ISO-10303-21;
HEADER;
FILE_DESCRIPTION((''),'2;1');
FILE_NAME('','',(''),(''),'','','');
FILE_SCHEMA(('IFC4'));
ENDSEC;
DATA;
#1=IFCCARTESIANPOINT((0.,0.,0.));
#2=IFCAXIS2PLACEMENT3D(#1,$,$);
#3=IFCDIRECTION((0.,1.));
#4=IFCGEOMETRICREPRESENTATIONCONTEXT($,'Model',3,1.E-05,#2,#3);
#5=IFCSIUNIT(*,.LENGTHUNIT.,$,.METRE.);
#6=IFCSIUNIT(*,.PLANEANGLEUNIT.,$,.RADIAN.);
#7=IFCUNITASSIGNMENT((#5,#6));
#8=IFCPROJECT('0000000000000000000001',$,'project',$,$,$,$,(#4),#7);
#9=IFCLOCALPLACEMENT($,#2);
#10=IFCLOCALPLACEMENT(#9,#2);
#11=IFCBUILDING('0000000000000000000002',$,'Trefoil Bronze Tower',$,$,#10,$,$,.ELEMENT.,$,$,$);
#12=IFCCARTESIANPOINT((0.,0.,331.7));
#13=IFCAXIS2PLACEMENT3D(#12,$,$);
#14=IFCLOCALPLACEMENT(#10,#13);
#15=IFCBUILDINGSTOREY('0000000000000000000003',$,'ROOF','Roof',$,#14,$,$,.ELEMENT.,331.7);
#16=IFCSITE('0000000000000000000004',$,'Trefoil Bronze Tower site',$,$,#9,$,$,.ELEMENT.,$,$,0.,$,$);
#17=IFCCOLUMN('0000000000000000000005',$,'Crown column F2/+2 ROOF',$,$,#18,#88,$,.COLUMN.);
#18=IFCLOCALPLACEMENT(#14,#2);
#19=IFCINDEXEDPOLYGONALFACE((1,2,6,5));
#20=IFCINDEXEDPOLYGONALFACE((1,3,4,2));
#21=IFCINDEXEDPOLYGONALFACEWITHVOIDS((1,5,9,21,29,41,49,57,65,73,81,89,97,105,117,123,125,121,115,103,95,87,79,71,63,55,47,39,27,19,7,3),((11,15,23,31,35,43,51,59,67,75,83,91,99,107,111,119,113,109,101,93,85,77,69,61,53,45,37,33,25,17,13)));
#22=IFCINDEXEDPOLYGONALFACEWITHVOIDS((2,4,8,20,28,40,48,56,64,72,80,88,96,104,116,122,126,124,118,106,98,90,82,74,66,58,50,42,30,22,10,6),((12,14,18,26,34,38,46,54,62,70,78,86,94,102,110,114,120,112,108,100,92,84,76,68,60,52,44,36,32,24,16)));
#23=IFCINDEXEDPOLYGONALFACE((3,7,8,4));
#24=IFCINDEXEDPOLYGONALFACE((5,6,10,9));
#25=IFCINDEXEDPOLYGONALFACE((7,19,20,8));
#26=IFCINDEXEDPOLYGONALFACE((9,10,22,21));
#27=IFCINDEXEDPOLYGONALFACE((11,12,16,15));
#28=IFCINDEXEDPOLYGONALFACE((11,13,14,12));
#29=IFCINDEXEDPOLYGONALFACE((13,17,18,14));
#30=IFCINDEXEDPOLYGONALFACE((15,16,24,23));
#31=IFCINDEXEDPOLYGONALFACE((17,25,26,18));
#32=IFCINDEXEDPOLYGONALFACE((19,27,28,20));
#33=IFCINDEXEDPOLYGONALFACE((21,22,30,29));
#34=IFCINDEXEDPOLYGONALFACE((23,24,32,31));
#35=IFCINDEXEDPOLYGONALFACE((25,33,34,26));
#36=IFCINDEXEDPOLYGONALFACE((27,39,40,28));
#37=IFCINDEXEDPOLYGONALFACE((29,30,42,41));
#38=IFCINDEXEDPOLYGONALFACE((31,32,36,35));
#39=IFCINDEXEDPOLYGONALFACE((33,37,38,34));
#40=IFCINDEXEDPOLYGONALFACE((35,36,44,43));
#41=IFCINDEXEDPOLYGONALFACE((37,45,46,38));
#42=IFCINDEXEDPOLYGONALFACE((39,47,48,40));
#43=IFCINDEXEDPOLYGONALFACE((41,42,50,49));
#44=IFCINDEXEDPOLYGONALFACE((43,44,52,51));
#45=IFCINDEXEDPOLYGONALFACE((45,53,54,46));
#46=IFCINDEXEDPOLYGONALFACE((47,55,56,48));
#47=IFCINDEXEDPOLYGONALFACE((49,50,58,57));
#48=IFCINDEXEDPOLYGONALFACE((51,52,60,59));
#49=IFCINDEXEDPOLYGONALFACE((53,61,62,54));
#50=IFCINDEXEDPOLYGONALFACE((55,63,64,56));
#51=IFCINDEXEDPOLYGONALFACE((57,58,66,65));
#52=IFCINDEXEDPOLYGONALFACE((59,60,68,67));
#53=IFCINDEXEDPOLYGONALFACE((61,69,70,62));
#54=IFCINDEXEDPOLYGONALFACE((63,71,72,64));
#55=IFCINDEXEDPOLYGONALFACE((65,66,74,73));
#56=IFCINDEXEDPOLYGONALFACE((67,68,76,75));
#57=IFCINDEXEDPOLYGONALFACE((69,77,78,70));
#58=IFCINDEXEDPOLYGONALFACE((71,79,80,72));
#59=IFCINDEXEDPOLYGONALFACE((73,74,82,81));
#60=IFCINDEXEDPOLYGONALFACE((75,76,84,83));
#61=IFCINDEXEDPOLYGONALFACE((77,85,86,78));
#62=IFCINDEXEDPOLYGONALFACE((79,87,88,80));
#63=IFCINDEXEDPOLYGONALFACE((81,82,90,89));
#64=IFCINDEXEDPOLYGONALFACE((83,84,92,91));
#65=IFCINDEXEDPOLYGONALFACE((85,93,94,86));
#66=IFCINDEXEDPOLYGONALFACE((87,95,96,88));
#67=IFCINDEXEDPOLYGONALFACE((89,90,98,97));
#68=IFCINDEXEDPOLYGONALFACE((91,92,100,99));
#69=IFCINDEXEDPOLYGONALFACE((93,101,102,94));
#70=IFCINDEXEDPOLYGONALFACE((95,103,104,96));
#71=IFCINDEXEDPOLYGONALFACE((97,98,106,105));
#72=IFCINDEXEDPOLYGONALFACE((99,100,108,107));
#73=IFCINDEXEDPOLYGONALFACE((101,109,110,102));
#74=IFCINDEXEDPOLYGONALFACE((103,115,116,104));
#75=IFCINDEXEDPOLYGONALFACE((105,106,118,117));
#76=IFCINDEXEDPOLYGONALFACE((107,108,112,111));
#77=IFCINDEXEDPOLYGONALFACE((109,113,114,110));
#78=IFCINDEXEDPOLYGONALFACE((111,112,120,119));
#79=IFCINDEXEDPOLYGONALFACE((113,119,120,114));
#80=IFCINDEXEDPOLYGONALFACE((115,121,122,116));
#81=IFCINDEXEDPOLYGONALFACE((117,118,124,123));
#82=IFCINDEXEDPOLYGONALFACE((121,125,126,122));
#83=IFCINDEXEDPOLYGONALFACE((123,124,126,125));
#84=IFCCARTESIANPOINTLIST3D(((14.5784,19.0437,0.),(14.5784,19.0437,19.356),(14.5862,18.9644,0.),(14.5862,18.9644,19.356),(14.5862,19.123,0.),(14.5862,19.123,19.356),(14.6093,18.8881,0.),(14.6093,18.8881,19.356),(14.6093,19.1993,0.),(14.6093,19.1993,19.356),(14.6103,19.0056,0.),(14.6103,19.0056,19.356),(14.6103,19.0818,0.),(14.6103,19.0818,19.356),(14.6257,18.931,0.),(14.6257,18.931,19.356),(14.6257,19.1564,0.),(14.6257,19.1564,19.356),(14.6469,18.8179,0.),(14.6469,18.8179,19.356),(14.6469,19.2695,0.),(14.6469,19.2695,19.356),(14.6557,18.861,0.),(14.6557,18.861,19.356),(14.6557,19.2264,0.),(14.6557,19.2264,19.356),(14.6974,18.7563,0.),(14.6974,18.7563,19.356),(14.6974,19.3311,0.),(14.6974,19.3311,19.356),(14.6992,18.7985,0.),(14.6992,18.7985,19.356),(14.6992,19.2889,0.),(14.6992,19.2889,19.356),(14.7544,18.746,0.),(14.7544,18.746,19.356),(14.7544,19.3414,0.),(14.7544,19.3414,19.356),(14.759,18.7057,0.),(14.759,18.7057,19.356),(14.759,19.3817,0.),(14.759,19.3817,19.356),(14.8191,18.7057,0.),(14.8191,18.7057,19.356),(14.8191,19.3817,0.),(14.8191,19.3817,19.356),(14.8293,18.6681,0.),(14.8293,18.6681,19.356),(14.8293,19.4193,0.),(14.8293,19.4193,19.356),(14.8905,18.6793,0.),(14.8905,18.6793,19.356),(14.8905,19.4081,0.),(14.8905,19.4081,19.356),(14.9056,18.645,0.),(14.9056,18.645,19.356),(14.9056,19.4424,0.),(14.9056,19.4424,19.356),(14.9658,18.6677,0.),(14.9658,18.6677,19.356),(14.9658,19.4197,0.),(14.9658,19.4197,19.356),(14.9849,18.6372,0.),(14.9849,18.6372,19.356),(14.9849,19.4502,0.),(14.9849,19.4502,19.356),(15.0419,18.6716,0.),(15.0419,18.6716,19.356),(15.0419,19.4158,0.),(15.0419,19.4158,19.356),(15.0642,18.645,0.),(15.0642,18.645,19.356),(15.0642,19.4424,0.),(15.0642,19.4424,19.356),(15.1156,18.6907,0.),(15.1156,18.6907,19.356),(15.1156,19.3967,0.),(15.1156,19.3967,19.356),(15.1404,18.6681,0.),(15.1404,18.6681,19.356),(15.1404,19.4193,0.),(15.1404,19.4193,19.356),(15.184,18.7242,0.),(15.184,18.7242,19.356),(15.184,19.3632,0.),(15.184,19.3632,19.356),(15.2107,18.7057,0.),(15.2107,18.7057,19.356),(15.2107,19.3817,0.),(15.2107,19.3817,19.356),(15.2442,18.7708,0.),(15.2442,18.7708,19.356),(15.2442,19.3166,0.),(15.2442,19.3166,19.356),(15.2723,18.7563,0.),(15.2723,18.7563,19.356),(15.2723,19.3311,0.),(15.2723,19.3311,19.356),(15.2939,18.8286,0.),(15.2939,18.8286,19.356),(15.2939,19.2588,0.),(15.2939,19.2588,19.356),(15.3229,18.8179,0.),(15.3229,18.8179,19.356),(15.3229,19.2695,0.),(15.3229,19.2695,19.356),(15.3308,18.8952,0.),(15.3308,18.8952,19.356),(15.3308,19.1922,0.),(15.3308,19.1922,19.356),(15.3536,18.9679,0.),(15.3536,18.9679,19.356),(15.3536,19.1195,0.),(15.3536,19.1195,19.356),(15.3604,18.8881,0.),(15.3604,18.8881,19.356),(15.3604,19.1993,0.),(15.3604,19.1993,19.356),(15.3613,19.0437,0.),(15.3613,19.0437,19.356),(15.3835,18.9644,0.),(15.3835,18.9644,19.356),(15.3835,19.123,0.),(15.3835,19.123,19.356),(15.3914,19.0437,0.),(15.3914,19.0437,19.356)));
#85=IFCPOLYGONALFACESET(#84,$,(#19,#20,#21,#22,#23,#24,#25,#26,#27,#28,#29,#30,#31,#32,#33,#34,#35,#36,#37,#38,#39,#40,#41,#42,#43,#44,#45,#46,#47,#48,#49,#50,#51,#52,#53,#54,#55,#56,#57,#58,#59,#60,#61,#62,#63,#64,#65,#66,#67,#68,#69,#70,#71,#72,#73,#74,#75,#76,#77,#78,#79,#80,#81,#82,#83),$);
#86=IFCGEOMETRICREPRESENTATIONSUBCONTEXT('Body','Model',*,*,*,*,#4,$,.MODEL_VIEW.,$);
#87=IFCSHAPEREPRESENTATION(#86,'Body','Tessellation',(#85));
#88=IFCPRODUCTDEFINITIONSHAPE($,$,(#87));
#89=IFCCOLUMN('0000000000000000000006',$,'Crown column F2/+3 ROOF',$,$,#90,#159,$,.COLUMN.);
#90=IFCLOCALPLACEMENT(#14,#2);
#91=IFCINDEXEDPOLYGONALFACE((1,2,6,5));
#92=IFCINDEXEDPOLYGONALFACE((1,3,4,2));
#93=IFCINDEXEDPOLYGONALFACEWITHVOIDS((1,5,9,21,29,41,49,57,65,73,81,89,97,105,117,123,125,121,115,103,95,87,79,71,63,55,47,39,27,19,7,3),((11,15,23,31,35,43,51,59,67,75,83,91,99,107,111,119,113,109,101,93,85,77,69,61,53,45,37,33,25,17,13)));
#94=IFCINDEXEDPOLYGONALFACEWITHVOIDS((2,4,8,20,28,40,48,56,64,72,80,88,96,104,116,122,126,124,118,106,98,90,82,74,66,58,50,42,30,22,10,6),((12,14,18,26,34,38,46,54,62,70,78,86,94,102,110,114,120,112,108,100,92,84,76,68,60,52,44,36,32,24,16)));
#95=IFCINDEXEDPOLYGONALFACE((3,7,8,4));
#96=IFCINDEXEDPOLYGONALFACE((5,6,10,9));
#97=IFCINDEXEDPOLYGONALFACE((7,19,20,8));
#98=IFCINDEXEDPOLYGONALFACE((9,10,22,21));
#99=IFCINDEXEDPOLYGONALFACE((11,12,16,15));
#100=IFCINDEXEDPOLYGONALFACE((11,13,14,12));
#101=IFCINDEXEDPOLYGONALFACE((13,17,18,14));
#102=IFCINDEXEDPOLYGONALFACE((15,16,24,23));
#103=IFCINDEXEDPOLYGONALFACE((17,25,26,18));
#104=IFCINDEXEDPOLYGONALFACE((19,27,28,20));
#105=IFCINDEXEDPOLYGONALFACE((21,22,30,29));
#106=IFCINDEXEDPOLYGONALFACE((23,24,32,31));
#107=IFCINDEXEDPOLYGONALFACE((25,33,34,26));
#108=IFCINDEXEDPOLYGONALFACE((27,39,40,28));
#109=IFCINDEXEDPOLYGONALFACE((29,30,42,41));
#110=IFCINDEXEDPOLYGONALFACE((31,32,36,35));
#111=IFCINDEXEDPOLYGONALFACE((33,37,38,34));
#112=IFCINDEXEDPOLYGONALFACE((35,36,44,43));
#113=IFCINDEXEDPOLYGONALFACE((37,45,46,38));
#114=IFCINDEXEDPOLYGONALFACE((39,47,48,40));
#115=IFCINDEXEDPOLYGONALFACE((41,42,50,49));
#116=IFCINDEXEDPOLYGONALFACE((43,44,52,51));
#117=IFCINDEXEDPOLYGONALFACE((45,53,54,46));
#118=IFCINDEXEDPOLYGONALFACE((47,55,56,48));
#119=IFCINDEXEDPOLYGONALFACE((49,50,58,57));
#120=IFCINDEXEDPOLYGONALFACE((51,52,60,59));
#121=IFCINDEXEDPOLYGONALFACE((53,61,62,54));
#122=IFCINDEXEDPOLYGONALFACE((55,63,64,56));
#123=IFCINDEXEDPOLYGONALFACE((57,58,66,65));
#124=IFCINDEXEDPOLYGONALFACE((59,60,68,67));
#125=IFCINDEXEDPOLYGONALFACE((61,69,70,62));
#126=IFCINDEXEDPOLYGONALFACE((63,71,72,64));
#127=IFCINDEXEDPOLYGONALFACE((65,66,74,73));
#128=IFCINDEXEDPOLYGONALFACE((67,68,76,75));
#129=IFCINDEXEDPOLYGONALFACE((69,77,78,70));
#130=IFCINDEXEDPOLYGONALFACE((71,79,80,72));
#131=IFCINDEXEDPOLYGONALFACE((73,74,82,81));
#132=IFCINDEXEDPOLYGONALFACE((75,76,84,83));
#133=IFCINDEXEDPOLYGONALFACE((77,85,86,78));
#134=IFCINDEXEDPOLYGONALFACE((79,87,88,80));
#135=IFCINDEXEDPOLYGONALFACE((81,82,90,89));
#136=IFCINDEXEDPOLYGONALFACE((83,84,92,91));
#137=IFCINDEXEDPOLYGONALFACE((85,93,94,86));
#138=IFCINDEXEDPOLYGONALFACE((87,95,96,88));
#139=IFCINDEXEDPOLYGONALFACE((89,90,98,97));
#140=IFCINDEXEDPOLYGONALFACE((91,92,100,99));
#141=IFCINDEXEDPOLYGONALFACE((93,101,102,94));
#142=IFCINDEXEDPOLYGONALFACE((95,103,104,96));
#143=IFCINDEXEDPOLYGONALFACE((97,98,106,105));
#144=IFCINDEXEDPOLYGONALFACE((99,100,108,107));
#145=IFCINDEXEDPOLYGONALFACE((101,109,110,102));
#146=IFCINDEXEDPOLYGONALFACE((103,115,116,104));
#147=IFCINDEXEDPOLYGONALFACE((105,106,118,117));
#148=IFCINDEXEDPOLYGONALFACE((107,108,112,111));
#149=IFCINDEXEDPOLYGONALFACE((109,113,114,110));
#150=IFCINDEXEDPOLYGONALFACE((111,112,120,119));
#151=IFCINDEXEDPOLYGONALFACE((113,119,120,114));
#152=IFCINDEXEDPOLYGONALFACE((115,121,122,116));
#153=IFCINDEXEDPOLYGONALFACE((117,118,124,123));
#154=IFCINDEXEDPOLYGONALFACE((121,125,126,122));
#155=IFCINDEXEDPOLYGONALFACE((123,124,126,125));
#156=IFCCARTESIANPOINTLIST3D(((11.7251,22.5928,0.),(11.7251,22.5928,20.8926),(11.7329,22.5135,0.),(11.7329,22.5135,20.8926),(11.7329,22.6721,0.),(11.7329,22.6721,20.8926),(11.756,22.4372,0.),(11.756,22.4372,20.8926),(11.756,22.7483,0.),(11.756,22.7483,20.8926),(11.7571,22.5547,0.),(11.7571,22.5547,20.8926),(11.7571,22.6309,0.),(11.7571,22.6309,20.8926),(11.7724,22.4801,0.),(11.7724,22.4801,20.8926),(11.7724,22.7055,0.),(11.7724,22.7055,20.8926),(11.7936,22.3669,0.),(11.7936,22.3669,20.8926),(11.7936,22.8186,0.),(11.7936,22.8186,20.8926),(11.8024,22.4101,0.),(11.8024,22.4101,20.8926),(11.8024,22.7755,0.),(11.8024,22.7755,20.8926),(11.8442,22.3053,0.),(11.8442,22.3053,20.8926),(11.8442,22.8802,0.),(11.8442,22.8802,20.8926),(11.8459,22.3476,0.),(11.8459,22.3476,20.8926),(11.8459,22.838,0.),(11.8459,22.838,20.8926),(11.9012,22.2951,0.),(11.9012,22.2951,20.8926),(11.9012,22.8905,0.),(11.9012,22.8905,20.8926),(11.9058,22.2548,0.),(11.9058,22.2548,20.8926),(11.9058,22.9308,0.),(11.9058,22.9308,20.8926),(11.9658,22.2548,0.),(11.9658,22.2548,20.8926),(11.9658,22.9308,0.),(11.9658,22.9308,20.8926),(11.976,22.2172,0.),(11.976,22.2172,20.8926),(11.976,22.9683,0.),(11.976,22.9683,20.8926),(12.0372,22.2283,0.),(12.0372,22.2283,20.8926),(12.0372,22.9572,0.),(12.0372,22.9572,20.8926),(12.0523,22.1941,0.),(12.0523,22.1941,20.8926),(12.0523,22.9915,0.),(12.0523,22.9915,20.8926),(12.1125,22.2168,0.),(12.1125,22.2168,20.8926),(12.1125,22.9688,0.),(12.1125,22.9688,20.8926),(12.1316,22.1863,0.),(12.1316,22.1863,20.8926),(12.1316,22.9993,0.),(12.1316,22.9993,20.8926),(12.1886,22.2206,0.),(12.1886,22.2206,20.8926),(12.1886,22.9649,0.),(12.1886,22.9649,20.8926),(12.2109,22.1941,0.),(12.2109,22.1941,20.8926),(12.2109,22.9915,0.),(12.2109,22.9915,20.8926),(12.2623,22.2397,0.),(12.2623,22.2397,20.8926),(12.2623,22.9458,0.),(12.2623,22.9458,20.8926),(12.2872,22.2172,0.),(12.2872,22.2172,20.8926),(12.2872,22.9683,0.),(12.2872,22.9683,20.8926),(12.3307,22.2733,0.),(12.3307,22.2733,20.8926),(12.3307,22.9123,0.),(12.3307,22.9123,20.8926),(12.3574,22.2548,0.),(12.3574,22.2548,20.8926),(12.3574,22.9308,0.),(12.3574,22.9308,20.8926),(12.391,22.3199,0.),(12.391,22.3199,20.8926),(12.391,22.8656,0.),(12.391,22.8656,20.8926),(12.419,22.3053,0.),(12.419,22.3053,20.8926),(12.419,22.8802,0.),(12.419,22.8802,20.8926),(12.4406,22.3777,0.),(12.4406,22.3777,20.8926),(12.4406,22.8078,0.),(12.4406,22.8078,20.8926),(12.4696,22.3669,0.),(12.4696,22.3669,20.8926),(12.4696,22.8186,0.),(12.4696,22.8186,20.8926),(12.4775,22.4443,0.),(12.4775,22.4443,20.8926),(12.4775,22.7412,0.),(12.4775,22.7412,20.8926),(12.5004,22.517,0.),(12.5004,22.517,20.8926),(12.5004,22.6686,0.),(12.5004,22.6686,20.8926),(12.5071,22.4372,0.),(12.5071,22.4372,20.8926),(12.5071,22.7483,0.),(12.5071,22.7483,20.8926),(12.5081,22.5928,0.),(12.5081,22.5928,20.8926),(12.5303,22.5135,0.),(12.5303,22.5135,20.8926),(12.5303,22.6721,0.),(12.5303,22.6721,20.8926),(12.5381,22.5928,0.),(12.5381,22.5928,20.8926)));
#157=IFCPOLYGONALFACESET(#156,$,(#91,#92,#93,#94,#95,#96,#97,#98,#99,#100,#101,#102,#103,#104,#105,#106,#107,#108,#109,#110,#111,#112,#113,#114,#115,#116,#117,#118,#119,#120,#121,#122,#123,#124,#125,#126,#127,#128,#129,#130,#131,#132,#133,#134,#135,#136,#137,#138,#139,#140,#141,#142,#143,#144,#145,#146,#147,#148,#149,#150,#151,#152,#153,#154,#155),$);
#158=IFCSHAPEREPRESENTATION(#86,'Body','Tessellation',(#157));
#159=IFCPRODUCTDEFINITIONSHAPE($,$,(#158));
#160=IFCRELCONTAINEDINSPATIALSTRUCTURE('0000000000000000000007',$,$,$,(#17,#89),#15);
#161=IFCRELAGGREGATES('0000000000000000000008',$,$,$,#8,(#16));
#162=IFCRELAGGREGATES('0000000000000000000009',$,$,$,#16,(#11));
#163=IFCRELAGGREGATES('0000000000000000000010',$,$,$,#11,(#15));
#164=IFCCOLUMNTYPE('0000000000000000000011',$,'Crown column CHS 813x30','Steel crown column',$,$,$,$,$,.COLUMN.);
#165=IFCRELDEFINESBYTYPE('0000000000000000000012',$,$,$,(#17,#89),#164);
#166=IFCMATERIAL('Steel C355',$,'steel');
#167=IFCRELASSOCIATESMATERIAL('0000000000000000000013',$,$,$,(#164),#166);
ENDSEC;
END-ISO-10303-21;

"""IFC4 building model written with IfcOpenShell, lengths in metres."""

from ifc_helpers import new_model, si_unit, direction, frame, origin, origin_2d, place, context, subcontext, project, spatial, hollow_circle, extrude, material, material_profile, profile_set, type_object, element, save


model = new_model("IFC4")

# Units and contexts
model_context = context("Model", 3, precision=1e-05, world=origin(), true_north=direction((0.0, 1.0)))
body_context = subcontext(model_context, "Body", "Model", "MODEL_VIEW")
ifc_project = project(units=[si_unit("LENGTHUNIT", "METRE"), si_unit("PLANEANGLEUNIT", "RADIAN")], contexts=[model_context])

# Site, building, storey
site_placement = place(None, origin())
site = spatial("IfcSite", under=ifc_project, at=site_placement, Name="Trefoil Bronze Tower site", CompositionType="ELEMENT", RefElevation=0.0)
building_placement = place(site_placement, origin())
building = spatial("IfcBuilding", under=site, at=building_placement, Name="Trefoil Bronze Tower", CompositionType="ELEMENT")
storey_placement = place(building_placement, frame((0.0, 0.0, 331.7)))
storey = spatial("IfcBuildingStorey", under=building, at=storey_placement, Name="ROOF", Description="Roof", CompositionType="ELEMENT", Elevation=331.7)

# Columns
ifc_material_1 = material(Name="Steel C355", Category="steel")
ifc_material_profile_1 = material_profile(ifc_material_1, hollow_circle(Radius=0.4065, WallThickness=0.03, at=origin_2d()), Name="CHS 813x30")
ifc_profile_set_1 = profile_set([ifc_material_profile_1], Name="Steel C355")
column_type_1 = type_object("IfcColumnType", Name="Crown column CHS 813x30", Description="Steel crown column", PredefinedType="COLUMN", material=ifc_profile_set_1)
column_1_placement = place(storey_placement, frame((14.9849, 19.0437, 0.0), z_axis=(0.0, 0.0, 1.0), x_axis=(1.0, 0.0, 0.0)))
element("IfcColumn", 1, at=column_1_placement, inside=storey, type_object=column_type_1, Name="Crown column F2/+2 ROOF", PredefinedType="COLUMN", context=body_context, shape_type="SweptSolid", body=[
    extrude(hollow_circle(Radius=0.4065, WallThickness=0.03, at=origin_2d()), origin(), (0.0, 0.0, 1.0), 19.356),
])
column_2_placement = place(storey_placement, frame((12.1316, 22.5928, 0.0), z_axis=(0.0, 0.0, 1.0), x_axis=(1.0, 0.0, 0.0)))
element("IfcColumn", 2, at=column_2_placement, inside=storey, type_object=column_type_1, Name="Crown column F2/+3 ROOF", PredefinedType="COLUMN", context=body_context, shape_type="SweptSolid", body=[
    extrude(hollow_circle(Radius=0.4065, WallThickness=0.03, at=origin_2d()), origin(), (0.0, 0.0, 1.0), 20.8926),
])

save(model, "model.ifc")
